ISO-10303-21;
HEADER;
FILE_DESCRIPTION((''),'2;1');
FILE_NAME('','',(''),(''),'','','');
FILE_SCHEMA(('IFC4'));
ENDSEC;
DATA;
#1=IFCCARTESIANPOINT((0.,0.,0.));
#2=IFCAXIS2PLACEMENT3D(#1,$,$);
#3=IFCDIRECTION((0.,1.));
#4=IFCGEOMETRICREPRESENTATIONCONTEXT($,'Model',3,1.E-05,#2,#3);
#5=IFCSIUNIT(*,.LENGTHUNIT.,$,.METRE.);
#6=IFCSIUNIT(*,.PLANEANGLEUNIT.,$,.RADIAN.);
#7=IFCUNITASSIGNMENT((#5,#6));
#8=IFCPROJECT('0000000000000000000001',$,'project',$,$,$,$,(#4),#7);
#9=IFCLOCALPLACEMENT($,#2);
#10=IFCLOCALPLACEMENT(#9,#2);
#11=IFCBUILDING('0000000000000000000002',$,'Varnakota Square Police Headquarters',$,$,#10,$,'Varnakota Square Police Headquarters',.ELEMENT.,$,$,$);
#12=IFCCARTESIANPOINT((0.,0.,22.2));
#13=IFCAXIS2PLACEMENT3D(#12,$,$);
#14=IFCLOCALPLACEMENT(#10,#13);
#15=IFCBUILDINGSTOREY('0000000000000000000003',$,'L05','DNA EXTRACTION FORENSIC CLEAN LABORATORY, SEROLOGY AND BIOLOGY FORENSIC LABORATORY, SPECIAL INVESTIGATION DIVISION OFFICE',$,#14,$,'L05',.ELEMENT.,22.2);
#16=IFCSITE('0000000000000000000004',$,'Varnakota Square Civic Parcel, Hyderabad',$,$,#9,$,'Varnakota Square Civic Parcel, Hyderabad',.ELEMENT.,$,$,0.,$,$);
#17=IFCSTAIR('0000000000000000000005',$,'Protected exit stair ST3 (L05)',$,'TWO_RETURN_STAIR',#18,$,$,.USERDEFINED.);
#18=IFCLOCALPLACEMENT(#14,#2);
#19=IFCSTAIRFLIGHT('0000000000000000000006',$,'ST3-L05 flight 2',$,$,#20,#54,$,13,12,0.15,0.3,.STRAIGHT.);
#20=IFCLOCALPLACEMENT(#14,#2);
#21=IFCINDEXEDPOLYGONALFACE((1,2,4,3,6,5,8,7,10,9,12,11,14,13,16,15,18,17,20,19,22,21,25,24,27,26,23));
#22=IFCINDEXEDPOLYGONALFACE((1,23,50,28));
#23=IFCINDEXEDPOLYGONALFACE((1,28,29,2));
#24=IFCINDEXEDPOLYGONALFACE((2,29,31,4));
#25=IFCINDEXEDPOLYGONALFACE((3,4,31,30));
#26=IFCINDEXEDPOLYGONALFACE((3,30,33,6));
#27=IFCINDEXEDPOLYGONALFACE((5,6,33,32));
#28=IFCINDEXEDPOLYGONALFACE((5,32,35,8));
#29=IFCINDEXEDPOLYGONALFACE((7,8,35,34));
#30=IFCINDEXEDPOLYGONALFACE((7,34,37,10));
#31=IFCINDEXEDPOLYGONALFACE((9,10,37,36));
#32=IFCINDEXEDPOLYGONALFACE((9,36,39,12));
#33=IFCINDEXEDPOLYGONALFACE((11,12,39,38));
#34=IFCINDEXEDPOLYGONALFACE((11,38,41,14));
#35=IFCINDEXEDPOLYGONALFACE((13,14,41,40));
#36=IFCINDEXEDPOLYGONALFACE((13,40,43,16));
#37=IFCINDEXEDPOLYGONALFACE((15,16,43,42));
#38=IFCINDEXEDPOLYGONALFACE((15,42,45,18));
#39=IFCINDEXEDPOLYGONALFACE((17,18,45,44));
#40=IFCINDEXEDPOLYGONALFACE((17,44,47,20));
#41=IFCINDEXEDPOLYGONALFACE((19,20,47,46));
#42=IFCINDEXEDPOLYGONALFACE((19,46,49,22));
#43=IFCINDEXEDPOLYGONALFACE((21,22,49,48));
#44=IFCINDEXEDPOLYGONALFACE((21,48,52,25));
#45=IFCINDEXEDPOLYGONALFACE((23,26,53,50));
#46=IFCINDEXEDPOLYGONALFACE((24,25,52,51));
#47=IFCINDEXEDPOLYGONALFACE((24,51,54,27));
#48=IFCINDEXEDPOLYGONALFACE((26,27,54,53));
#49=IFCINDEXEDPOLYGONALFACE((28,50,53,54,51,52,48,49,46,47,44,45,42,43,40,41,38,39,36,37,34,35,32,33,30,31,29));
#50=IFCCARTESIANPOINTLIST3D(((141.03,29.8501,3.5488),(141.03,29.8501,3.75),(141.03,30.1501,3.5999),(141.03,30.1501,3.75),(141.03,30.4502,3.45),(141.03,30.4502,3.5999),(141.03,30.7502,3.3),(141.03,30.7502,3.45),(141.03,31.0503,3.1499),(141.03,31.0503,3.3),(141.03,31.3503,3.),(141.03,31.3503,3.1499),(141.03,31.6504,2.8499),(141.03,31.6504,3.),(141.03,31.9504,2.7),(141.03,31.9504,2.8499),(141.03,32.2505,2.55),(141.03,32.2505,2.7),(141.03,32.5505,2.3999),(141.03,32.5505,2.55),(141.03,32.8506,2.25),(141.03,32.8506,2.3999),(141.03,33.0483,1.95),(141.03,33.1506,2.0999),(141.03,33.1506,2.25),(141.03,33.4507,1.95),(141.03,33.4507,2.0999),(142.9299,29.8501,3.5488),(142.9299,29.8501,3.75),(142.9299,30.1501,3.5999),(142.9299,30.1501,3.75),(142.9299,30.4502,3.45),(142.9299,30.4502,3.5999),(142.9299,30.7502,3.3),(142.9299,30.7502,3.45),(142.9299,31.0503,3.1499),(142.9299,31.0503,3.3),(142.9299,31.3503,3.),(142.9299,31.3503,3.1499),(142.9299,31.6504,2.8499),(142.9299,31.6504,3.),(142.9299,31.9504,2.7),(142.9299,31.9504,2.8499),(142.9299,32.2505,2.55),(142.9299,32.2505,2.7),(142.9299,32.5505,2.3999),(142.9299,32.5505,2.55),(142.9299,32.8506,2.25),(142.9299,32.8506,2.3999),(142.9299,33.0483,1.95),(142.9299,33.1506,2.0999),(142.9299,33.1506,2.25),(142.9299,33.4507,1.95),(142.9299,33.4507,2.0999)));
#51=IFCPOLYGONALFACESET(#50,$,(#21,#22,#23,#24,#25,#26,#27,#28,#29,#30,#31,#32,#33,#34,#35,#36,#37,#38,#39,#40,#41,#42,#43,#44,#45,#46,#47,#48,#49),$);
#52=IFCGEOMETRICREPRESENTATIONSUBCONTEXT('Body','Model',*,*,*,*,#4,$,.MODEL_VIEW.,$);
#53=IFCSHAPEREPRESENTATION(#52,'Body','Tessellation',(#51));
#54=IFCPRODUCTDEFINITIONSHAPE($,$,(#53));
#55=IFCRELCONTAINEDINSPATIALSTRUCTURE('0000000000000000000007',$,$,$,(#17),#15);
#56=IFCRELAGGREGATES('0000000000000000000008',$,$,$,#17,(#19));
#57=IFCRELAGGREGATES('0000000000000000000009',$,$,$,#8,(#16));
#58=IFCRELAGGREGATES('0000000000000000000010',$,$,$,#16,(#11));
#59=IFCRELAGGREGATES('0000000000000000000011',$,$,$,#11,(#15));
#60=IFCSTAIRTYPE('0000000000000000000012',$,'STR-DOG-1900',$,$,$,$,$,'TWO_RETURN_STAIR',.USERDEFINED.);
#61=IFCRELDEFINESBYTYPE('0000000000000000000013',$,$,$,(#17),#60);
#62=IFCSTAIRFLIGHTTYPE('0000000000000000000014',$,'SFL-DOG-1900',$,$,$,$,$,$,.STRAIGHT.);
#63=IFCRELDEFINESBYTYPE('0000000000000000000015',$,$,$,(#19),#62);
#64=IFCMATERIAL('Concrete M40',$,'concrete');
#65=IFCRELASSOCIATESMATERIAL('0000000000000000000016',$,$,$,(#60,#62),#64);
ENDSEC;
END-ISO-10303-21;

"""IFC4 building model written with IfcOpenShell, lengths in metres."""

from ifc_helpers import new_model, si_unit, direction, frame, origin, place, context, subcontext, project, spatial, polyline, outline, extrude, material, type_object, element, aggregate, save


model = new_model("IFC4")

# Units and contexts
model_context = context("Model", 3, precision=1e-05, world=origin(), true_north=direction((0.0, 1.0)))
body_context = subcontext(model_context, "Body", "Model", "MODEL_VIEW")
ifc_project = project(units=[si_unit("LENGTHUNIT", "METRE"), si_unit("PLANEANGLEUNIT", "RADIAN")], contexts=[model_context])

# Site, building, storey
site_placement = place(None, origin())
site = spatial("IfcSite", under=ifc_project, at=site_placement, Name="Varnakota Square Civic Parcel, Hyderabad", LongName="Varnakota Square Civic Parcel, Hyderabad", CompositionType="ELEMENT", RefElevation=0.0)
building_placement = place(site_placement, origin())
building = spatial("IfcBuilding", under=site, at=building_placement, Name="Varnakota Square Police Headquarters", LongName="Varnakota Square Police Headquarters", CompositionType="ELEMENT")
storey_placement = place(building_placement, frame((0.0, 0.0, 22.2)))
storey = spatial("IfcBuildingStorey", under=building, at=storey_placement, Name="L05", Description="DNA EXTRACTION FORENSIC CLEAN LABORATORY, SEROLOGY AND BIOLOGY FORENSIC LABORATORY, SPECIAL INVESTIGATION DIVISION OFFICE", LongName="L05", CompositionType="ELEMENT", Elevation=22.2)

# Shared definitions
ifc_material_1 = material(Name="Concrete M40", Category="concrete")

# Stair, stair flight
stair_type = type_object("IfcStairType", Name="STR-DOG-1900", ElementType="TWO_RETURN_STAIR", PredefinedType="USERDEFINED", material=ifc_material_1)
stair_placement = place(storey_placement, origin())
stair = element("IfcStair", 1, at=stair_placement, inside=storey, type_object=stair_type, Name="Protected exit stair ST3 (L05)", ObjectType="TWO_RETURN_STAIR", PredefinedType="USERDEFINED")
stair_flight_type = type_object("IfcStairFlightType", Name="SFL-DOG-1900", PredefinedType="STRAIGHT", material=ifc_material_1)
stair_flight_placement = place(storey_placement, frame((141.98, 33.4507, 1.95), z_axis=(0.0, 0.0, 1.0), x_axis=(0.0, -1.0, 0.0)))
stair_flight = element("IfcStairFlight", 2, at=stair_flight_placement, type_object=stair_flight_type, Name="ST3-L05 flight 2", NumberOfRisers=13, NumberOfTreads=12, PredefinedType="STRAIGHT", RiserHeight=0.15, TreadLength=0.3, context=body_context, shape_type="SweptSolid", body=[
    extrude(outline(polyline([(0.0, 0.0), (0.0, 0.1499), (0.3, 0.1499), (0.3, 0.3), (0.6001, 0.3), (0.6001, 0.45), (0.9001, 0.45), (0.9001, 0.6001), (1.2002, 0.6001), (1.2002, 0.75), (1.5002, 0.75), (1.5002, 0.8999), (1.8003, 0.8999), (1.8003, 1.05), (2.1003, 1.05), (2.1003, 1.2), (2.4004, 1.2), (2.4004, 1.3501), (2.7004, 1.3501), (2.7004, 1.5), (3.0005, 1.5), (3.0005, 1.6499), (3.3005, 1.6499), (3.3005, 1.8), (3.6006, 1.8), (3.6006, 1.95), (3.6006, 1.5989), (0.4023, 0.0), (0.0, 0.0)])), frame((0.0, 0.95, 0.0), z_axis=(0.0, -1.0, 0.0), x_axis=(1.0, 0.0, 0.0)), (0.0, 0.0, 1.0), 1.8999),
])
aggregate(stair, [stair_flight])

save(model, "model.ifc")
